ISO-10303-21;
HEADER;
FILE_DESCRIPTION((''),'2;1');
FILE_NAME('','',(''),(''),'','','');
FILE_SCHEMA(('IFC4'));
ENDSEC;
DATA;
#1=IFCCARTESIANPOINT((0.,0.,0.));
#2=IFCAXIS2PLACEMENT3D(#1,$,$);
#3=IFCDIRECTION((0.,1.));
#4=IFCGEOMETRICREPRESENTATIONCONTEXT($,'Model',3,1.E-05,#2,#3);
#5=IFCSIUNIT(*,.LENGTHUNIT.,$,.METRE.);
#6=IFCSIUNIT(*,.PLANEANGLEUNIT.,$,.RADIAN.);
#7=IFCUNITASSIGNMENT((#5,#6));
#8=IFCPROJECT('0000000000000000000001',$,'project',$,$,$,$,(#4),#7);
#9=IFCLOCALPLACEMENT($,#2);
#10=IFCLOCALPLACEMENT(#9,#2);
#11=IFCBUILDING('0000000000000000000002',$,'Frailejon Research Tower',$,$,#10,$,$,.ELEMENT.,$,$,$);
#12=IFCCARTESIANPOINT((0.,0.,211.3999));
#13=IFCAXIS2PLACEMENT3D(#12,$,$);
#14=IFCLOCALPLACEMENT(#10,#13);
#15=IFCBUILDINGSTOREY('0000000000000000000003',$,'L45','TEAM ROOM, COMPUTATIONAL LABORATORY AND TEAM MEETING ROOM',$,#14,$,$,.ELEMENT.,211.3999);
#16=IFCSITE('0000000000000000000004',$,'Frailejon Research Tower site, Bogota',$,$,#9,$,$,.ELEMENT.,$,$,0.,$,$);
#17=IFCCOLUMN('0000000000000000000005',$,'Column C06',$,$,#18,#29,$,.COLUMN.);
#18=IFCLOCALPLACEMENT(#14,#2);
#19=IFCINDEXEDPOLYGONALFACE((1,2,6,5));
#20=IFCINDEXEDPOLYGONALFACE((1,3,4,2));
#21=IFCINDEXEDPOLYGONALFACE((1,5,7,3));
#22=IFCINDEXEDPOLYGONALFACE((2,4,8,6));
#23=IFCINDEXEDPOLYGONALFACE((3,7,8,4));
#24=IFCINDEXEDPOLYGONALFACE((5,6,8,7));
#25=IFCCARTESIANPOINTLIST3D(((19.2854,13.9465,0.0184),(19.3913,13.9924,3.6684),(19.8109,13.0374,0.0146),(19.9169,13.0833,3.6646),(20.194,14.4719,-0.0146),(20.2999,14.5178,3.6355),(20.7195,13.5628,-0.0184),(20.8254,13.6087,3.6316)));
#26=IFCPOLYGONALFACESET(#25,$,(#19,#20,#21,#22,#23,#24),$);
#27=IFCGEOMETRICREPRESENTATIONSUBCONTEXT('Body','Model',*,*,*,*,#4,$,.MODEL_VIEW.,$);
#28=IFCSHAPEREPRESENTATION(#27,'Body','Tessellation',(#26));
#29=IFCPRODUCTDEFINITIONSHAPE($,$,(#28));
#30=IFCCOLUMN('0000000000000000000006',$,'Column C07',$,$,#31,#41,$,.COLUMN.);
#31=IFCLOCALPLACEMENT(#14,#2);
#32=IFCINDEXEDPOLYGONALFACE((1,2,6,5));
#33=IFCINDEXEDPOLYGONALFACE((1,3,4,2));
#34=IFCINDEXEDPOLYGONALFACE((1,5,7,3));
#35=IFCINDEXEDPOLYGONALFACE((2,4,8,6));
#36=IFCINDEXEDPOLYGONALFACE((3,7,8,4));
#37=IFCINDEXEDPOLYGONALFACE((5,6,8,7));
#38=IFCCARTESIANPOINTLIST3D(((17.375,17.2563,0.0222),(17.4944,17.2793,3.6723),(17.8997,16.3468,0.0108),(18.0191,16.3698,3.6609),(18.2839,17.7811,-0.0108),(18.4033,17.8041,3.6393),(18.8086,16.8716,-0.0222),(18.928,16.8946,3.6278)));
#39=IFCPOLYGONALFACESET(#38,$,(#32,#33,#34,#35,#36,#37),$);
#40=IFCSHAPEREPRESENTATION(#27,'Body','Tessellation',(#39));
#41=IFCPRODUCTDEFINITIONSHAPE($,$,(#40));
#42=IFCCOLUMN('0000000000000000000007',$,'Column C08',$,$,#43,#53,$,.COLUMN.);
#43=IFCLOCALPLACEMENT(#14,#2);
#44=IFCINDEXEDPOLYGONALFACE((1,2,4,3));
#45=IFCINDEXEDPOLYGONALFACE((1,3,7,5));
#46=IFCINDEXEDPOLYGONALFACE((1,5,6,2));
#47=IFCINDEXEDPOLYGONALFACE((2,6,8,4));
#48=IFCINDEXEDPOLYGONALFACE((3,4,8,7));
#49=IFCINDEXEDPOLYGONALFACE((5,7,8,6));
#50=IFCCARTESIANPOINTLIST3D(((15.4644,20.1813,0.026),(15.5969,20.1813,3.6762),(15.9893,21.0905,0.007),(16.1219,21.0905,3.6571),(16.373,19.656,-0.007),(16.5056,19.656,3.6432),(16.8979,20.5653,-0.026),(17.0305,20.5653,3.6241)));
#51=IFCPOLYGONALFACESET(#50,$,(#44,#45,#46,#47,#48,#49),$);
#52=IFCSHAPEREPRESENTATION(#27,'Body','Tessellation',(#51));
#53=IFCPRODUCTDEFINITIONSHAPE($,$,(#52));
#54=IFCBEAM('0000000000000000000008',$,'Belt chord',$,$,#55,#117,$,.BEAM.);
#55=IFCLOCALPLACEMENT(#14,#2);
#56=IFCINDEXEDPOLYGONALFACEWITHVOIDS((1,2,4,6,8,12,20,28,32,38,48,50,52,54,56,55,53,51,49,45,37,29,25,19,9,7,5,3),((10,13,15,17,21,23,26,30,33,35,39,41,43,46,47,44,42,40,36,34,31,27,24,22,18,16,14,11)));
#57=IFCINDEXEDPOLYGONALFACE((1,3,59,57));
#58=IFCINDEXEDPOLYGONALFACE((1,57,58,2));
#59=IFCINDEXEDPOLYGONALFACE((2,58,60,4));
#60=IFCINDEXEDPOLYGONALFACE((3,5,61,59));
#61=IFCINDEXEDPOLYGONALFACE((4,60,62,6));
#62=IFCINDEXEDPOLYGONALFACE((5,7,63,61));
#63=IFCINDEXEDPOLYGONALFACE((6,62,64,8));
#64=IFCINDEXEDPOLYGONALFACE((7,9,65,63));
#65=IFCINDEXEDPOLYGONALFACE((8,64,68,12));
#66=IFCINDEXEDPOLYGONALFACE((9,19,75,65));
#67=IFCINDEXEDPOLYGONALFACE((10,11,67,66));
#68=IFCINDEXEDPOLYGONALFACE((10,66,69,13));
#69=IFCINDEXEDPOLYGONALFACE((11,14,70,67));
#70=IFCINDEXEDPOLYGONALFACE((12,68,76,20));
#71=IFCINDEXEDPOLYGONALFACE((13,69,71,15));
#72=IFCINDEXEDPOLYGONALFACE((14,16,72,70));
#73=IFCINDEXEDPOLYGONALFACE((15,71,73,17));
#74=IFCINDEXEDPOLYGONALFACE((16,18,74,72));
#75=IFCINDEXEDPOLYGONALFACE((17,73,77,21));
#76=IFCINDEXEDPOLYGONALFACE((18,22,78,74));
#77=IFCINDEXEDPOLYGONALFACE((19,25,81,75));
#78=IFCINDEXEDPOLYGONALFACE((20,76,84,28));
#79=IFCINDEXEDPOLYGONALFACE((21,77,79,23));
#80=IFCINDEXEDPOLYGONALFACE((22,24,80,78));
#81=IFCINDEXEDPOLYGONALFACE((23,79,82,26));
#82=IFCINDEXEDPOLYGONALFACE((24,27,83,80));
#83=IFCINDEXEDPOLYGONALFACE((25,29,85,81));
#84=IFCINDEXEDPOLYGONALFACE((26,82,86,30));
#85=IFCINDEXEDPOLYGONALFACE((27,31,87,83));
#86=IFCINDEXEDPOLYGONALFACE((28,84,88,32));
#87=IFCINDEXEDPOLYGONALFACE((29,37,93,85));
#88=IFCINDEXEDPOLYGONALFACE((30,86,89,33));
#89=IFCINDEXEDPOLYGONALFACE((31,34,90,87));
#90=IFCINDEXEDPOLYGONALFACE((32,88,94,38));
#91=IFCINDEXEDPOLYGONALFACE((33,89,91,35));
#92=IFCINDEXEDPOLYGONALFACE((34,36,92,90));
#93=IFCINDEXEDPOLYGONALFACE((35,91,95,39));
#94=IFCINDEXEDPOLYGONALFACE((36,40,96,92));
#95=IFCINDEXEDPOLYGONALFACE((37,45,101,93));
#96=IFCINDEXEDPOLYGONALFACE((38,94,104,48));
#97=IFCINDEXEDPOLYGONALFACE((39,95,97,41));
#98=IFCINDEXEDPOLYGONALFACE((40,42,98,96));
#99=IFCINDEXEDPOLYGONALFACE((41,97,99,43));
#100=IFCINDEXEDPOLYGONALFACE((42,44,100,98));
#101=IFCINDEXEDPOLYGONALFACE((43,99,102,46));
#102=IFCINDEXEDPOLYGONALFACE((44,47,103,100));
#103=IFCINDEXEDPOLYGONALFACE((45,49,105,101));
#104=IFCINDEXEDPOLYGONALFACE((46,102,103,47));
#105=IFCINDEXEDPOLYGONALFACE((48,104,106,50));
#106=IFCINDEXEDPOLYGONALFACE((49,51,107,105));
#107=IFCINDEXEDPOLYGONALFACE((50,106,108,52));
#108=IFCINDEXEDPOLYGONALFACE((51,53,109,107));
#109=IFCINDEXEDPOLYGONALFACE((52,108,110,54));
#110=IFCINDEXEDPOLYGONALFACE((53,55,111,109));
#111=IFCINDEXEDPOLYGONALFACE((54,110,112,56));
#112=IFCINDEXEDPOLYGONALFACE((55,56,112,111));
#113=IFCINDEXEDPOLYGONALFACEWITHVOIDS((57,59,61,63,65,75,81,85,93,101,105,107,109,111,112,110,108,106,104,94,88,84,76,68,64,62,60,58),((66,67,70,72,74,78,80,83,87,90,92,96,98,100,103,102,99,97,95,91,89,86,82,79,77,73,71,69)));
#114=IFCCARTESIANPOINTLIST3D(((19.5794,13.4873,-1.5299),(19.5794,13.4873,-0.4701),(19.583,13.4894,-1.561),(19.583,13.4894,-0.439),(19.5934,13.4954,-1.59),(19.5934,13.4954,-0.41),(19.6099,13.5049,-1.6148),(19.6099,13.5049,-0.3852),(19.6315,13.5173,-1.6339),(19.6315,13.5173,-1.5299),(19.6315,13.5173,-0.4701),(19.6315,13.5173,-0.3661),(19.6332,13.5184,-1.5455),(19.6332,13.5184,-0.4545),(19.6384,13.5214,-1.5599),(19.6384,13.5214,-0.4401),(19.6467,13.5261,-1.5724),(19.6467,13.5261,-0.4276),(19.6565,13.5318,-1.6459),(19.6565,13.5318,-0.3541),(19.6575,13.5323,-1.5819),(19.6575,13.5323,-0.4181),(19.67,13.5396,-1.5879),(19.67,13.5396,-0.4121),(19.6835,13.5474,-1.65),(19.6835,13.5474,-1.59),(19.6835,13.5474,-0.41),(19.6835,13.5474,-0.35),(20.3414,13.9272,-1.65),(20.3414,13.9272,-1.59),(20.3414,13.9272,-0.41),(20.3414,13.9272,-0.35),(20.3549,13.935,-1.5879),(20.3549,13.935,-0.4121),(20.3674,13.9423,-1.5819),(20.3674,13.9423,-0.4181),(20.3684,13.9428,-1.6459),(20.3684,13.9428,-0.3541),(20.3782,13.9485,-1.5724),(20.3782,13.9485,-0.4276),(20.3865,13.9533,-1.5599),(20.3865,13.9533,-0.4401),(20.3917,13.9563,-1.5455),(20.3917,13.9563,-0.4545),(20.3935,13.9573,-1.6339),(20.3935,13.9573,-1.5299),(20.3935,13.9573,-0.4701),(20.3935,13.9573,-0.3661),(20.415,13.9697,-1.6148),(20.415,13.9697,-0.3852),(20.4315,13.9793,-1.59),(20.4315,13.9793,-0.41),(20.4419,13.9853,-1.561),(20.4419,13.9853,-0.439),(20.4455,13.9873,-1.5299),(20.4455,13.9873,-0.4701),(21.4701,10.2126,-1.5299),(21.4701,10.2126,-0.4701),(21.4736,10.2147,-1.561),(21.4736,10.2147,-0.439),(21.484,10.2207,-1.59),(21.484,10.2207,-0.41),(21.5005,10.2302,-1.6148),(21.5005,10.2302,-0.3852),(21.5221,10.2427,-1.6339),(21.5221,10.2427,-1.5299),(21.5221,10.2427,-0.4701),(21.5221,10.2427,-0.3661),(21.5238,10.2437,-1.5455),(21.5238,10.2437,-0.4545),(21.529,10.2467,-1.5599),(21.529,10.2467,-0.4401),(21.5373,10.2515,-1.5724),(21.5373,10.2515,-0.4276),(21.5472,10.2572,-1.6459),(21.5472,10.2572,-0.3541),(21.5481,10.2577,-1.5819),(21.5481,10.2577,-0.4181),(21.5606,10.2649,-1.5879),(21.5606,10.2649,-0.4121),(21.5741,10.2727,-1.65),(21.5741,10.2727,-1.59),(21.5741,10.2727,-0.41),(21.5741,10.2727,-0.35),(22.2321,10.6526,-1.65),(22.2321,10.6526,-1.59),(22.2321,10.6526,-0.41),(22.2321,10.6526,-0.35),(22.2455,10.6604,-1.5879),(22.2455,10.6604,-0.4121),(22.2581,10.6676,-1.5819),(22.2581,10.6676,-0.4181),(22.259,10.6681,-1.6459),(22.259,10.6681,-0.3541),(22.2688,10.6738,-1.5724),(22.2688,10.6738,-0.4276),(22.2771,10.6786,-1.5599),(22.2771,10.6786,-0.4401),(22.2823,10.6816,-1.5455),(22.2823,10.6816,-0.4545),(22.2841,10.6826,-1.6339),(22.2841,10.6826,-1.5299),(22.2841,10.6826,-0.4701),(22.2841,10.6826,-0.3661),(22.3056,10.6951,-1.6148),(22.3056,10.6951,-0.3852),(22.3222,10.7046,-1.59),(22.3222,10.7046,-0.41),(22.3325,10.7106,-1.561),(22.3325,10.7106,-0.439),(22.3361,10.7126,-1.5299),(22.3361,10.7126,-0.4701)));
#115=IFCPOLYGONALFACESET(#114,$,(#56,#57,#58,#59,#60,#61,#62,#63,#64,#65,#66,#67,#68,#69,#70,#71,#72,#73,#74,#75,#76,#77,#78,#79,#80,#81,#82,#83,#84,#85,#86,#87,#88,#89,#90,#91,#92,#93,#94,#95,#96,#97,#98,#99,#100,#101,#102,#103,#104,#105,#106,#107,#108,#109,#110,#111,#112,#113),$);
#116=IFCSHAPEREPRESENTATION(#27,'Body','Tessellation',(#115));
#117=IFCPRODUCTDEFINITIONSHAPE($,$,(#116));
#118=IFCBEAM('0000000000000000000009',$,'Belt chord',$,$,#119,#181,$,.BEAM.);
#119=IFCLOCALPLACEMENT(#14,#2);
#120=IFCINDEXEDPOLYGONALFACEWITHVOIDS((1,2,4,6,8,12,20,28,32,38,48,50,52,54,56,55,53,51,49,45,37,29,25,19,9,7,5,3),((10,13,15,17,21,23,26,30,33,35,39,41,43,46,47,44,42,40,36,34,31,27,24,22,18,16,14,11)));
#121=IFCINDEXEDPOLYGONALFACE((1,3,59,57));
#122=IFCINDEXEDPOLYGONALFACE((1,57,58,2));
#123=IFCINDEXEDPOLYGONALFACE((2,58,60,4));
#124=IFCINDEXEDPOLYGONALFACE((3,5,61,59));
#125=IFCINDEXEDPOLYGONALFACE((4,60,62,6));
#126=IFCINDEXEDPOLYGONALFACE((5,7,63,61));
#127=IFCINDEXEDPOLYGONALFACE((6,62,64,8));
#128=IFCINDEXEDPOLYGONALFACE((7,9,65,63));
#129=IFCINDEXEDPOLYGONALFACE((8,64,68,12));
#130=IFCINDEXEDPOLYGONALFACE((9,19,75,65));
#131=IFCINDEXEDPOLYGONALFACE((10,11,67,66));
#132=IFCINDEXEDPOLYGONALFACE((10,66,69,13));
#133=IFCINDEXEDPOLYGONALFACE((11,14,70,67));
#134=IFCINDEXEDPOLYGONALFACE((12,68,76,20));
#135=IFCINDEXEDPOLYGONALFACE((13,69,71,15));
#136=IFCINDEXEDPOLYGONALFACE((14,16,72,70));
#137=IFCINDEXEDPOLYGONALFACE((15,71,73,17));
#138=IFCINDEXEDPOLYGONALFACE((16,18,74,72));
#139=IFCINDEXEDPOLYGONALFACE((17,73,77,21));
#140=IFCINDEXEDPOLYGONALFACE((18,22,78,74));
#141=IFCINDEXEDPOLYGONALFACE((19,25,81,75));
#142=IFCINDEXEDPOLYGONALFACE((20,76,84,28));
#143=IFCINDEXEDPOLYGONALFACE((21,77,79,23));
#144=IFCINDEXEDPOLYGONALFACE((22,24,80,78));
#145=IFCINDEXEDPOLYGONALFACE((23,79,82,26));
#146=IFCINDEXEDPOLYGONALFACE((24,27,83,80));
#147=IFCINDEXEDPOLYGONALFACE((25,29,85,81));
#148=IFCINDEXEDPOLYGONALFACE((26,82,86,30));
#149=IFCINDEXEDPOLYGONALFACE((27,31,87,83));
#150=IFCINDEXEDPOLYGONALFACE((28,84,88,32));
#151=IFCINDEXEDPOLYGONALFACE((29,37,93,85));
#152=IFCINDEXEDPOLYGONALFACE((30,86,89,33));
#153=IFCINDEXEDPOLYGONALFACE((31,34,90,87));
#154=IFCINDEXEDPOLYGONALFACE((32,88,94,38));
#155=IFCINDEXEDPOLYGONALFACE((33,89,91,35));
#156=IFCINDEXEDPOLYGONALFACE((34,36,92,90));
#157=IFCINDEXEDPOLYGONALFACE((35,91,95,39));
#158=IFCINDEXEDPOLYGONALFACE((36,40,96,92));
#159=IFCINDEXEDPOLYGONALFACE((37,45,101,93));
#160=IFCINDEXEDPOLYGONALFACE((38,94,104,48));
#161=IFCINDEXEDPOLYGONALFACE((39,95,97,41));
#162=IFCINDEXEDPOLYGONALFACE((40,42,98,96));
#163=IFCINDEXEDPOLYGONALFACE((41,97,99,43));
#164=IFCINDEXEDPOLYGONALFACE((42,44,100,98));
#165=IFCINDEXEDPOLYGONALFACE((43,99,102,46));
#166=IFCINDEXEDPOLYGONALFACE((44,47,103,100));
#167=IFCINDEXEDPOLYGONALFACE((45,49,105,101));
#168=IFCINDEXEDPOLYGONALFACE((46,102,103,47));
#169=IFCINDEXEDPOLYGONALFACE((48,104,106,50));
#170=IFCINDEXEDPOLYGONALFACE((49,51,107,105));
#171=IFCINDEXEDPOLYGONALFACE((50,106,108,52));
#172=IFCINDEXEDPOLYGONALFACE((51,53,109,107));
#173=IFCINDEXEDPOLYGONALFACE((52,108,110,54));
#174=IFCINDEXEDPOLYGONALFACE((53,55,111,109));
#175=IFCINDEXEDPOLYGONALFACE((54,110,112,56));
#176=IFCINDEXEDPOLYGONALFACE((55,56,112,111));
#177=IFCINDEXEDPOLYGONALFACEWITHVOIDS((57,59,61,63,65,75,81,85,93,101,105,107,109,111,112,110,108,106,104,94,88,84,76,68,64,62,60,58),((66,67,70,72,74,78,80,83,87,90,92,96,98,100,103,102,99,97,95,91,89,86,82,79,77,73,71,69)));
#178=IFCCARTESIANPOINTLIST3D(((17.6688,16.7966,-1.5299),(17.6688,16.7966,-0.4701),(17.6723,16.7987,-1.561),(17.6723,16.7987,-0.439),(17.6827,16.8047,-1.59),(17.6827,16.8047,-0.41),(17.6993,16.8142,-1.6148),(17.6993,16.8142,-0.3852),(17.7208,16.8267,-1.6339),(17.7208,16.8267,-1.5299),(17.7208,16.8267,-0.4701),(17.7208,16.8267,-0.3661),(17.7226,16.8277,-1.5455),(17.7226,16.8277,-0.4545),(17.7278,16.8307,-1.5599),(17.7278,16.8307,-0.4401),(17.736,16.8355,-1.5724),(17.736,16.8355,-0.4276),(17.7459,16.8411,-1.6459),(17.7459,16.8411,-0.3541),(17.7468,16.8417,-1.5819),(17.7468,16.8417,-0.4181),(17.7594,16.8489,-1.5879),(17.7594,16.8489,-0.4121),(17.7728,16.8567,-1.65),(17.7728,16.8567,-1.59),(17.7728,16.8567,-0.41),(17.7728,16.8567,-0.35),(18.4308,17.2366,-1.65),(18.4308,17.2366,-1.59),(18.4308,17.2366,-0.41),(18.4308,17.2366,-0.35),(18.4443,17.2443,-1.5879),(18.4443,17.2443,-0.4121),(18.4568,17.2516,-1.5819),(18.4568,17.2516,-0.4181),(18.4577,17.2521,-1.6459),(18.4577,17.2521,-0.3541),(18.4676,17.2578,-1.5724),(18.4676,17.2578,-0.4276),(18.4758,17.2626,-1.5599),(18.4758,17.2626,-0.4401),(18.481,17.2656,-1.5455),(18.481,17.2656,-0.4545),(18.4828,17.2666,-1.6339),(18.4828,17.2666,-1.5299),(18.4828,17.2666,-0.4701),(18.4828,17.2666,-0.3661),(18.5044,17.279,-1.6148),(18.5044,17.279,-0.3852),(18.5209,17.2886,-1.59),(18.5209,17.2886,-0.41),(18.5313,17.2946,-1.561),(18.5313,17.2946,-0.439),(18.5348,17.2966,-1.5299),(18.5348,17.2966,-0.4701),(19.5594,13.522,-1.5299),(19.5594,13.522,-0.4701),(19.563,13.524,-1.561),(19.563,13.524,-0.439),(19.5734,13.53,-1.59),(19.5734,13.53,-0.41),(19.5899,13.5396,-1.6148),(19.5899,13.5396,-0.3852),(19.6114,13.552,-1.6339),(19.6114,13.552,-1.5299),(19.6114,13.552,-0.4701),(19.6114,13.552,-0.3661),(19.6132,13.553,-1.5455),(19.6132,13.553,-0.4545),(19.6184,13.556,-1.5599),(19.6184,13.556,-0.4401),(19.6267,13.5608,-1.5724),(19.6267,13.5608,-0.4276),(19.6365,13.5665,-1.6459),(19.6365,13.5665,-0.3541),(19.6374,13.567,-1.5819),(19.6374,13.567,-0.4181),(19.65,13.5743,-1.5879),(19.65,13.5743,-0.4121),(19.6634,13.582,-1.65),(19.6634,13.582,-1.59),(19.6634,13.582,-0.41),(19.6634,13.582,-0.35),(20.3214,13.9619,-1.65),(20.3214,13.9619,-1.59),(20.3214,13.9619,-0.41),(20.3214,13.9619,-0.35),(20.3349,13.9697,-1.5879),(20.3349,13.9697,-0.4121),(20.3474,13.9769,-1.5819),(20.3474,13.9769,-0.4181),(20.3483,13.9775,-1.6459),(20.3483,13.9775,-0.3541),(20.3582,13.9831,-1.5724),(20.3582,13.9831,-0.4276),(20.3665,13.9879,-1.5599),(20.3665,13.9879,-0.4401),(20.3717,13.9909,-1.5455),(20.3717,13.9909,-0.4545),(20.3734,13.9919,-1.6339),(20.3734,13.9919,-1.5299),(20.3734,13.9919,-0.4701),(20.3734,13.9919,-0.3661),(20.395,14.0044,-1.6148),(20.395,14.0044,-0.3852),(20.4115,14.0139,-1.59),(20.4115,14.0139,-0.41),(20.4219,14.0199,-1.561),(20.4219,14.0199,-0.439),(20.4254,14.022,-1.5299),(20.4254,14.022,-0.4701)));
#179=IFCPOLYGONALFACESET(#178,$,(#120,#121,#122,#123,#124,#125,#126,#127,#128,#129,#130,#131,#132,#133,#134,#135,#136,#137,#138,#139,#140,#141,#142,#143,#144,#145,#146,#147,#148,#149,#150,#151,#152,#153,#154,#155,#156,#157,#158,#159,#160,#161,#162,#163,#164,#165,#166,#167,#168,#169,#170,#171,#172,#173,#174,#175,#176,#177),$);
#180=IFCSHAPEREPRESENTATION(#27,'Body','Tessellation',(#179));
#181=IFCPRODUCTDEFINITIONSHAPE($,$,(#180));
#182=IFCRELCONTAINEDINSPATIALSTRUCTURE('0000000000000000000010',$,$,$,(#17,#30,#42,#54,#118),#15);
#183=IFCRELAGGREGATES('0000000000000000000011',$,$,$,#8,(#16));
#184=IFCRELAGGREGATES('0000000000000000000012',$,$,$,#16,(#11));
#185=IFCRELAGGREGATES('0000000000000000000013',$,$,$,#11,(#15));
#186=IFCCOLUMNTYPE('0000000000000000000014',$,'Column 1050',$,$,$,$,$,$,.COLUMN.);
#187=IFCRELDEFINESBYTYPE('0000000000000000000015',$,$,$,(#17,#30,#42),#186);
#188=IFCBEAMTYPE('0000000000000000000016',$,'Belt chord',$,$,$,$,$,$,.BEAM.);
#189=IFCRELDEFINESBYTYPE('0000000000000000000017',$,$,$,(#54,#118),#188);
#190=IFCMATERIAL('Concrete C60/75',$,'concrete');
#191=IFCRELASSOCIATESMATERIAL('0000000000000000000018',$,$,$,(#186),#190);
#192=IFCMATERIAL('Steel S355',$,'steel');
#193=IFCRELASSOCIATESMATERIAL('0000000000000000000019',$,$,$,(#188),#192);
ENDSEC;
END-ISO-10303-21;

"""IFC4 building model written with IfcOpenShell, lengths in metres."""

from ifc_helpers import new_model, si_unit, direction, frame, origin, origin_2d, place, context, subcontext, project, spatial, rectangle, hollow_rectangle, extrude, material, material_profile, profile_set, type_object, element, save


model = new_model("IFC4")

# Units and contexts
model_context = context("Model", 3, precision=1e-05, world=origin(), true_north=direction((0.0, 1.0)))
body_context = subcontext(model_context, "Body", "Model", "MODEL_VIEW")
ifc_project = project(units=[si_unit("LENGTHUNIT", "METRE"), si_unit("PLANEANGLEUNIT", "RADIAN")], contexts=[model_context])

# Site, building, storey
site_placement = place(None, origin())
site = spatial("IfcSite", under=ifc_project, at=site_placement, Name="Frailejon Research Tower site, Bogota", CompositionType="ELEMENT", RefElevation=0.0)
building_placement = place(site_placement, origin())
building = spatial("IfcBuilding", under=site, at=building_placement, Name="Frailejon Research Tower", CompositionType="ELEMENT")
storey_placement = place(building_placement, frame((0.0, 0.0, 211.3999)))
storey = spatial("IfcBuildingStorey", under=building, at=storey_placement, Name="L45", Description="TEAM ROOM, COMPUTATIONAL LABORATORY AND TEAM MEETING ROOM", CompositionType="ELEMENT", Elevation=211.3999)

# Columns
ifc_material_1 = material(Name="Concrete C60/75", Category="concrete")
ifc_material_profile_1 = material_profile(ifc_material_1, rectangle(XDim=1.05, YDim=1.05, at=origin_2d()), Name="Column 1050")
ifc_profile_set_1 = profile_set([ifc_material_profile_1], Name="Concrete C60/75")
column_type = type_object("IfcColumnType", Name="Column 1050", PredefinedType="COLUMN", material=ifc_profile_set_1)
column_1_placement = place(storey_placement, frame((20.0024, 13.7546, 0.0), z_axis=(0.029014, 0.012568, 0.9995), x_axis=(-0.500476, 0.865743, 0.003642)))
element("IfcColumn", 1, at=column_1_placement, inside=storey, type_object=column_type, Name="Column C06", PredefinedType="COLUMN", context=body_context, shape_type="SweptSolid", body=[
    extrude(rectangle(XDim=1.05, YDim=1.05, at=origin_2d()), origin(), (0.0, 0.0, 1.0), 3.6519),
])
column_2_placement = place(storey_placement, frame((18.0918, 17.064, 0.0), z_axis=(0.032689, 0.006284, 0.999446), x_axis=(-0.499707, 0.866126, 0.010898)))
element("IfcColumn", 2, at=column_2_placement, inside=storey, type_object=column_type, Name="Column C07", PredefinedType="COLUMN", context=body_context, shape_type="SweptSolid", body=[
    extrude(rectangle(XDim=1.05, YDim=1.05, at=origin_2d()), origin(), (0.0, 0.0, 1.0), 3.6521),
])
column_3_placement = place(storey_placement, frame((16.1812, 20.3733, 0.0), z_axis=(0.036295, 0.0, 0.999341), x_axis=(-0.865313, 0.500246, 0.031427)))
element("IfcColumn", 3, at=column_3_placement, inside=storey, type_object=column_type, Name="Column C08", PredefinedType="COLUMN", context=body_context, shape_type="SweptSolid", body=[
    extrude(rectangle(XDim=1.05, YDim=1.05, at=origin_2d()), origin(), (0.0, 0.0, 1.0), 3.6526),
])

# Beams
ifc_material_2 = material(Name="Steel S355", Category="steel")
ifc_material_profile_2 = material_profile(ifc_material_2, hollow_rectangle(XDim=1.0, YDim=1.3, WallThickness=0.0601, InnerFilletRadius=0.0601, OuterFilletRadius=0.1201, at=origin_2d()), Name="Belt chord")
ifc_profile_set_2 = profile_set([ifc_material_profile_2], Name="Steel S355")
beam_type_1 = type_object("IfcBeamType", Name="Belt chord", PredefinedType="BEAM", material=ifc_profile_set_2)
for number, where, z_axis, x_axis, name in (
    (4, (21.9031, 10.4626, -1.0), (-0.5, 0.866025, 0.0), (-0.866025, -0.5, 0.0), "Belt chord"),
    (5, (19.9924, 13.772, -1.0), (-0.5, 0.866025, 0.0), (-0.866025, -0.5, 0.0), "Belt chord"),
):
    element("IfcBeam", number, at=place(storey_placement, frame(where, z_axis=z_axis, x_axis=x_axis)), inside=storey, type_object=beam_type_1, Name=name, PredefinedType="BEAM", context=body_context, shape_type="SweptSolid", body=[
        extrude(hollow_rectangle(XDim=1.0, YDim=1.3, WallThickness=0.0601, InnerFilletRadius=0.0601, OuterFilletRadius=0.1201, at=origin_2d()), origin(), (0.0, 0.0, 1.0), 3.7812),
    ])

save(model, "model.ifc")
